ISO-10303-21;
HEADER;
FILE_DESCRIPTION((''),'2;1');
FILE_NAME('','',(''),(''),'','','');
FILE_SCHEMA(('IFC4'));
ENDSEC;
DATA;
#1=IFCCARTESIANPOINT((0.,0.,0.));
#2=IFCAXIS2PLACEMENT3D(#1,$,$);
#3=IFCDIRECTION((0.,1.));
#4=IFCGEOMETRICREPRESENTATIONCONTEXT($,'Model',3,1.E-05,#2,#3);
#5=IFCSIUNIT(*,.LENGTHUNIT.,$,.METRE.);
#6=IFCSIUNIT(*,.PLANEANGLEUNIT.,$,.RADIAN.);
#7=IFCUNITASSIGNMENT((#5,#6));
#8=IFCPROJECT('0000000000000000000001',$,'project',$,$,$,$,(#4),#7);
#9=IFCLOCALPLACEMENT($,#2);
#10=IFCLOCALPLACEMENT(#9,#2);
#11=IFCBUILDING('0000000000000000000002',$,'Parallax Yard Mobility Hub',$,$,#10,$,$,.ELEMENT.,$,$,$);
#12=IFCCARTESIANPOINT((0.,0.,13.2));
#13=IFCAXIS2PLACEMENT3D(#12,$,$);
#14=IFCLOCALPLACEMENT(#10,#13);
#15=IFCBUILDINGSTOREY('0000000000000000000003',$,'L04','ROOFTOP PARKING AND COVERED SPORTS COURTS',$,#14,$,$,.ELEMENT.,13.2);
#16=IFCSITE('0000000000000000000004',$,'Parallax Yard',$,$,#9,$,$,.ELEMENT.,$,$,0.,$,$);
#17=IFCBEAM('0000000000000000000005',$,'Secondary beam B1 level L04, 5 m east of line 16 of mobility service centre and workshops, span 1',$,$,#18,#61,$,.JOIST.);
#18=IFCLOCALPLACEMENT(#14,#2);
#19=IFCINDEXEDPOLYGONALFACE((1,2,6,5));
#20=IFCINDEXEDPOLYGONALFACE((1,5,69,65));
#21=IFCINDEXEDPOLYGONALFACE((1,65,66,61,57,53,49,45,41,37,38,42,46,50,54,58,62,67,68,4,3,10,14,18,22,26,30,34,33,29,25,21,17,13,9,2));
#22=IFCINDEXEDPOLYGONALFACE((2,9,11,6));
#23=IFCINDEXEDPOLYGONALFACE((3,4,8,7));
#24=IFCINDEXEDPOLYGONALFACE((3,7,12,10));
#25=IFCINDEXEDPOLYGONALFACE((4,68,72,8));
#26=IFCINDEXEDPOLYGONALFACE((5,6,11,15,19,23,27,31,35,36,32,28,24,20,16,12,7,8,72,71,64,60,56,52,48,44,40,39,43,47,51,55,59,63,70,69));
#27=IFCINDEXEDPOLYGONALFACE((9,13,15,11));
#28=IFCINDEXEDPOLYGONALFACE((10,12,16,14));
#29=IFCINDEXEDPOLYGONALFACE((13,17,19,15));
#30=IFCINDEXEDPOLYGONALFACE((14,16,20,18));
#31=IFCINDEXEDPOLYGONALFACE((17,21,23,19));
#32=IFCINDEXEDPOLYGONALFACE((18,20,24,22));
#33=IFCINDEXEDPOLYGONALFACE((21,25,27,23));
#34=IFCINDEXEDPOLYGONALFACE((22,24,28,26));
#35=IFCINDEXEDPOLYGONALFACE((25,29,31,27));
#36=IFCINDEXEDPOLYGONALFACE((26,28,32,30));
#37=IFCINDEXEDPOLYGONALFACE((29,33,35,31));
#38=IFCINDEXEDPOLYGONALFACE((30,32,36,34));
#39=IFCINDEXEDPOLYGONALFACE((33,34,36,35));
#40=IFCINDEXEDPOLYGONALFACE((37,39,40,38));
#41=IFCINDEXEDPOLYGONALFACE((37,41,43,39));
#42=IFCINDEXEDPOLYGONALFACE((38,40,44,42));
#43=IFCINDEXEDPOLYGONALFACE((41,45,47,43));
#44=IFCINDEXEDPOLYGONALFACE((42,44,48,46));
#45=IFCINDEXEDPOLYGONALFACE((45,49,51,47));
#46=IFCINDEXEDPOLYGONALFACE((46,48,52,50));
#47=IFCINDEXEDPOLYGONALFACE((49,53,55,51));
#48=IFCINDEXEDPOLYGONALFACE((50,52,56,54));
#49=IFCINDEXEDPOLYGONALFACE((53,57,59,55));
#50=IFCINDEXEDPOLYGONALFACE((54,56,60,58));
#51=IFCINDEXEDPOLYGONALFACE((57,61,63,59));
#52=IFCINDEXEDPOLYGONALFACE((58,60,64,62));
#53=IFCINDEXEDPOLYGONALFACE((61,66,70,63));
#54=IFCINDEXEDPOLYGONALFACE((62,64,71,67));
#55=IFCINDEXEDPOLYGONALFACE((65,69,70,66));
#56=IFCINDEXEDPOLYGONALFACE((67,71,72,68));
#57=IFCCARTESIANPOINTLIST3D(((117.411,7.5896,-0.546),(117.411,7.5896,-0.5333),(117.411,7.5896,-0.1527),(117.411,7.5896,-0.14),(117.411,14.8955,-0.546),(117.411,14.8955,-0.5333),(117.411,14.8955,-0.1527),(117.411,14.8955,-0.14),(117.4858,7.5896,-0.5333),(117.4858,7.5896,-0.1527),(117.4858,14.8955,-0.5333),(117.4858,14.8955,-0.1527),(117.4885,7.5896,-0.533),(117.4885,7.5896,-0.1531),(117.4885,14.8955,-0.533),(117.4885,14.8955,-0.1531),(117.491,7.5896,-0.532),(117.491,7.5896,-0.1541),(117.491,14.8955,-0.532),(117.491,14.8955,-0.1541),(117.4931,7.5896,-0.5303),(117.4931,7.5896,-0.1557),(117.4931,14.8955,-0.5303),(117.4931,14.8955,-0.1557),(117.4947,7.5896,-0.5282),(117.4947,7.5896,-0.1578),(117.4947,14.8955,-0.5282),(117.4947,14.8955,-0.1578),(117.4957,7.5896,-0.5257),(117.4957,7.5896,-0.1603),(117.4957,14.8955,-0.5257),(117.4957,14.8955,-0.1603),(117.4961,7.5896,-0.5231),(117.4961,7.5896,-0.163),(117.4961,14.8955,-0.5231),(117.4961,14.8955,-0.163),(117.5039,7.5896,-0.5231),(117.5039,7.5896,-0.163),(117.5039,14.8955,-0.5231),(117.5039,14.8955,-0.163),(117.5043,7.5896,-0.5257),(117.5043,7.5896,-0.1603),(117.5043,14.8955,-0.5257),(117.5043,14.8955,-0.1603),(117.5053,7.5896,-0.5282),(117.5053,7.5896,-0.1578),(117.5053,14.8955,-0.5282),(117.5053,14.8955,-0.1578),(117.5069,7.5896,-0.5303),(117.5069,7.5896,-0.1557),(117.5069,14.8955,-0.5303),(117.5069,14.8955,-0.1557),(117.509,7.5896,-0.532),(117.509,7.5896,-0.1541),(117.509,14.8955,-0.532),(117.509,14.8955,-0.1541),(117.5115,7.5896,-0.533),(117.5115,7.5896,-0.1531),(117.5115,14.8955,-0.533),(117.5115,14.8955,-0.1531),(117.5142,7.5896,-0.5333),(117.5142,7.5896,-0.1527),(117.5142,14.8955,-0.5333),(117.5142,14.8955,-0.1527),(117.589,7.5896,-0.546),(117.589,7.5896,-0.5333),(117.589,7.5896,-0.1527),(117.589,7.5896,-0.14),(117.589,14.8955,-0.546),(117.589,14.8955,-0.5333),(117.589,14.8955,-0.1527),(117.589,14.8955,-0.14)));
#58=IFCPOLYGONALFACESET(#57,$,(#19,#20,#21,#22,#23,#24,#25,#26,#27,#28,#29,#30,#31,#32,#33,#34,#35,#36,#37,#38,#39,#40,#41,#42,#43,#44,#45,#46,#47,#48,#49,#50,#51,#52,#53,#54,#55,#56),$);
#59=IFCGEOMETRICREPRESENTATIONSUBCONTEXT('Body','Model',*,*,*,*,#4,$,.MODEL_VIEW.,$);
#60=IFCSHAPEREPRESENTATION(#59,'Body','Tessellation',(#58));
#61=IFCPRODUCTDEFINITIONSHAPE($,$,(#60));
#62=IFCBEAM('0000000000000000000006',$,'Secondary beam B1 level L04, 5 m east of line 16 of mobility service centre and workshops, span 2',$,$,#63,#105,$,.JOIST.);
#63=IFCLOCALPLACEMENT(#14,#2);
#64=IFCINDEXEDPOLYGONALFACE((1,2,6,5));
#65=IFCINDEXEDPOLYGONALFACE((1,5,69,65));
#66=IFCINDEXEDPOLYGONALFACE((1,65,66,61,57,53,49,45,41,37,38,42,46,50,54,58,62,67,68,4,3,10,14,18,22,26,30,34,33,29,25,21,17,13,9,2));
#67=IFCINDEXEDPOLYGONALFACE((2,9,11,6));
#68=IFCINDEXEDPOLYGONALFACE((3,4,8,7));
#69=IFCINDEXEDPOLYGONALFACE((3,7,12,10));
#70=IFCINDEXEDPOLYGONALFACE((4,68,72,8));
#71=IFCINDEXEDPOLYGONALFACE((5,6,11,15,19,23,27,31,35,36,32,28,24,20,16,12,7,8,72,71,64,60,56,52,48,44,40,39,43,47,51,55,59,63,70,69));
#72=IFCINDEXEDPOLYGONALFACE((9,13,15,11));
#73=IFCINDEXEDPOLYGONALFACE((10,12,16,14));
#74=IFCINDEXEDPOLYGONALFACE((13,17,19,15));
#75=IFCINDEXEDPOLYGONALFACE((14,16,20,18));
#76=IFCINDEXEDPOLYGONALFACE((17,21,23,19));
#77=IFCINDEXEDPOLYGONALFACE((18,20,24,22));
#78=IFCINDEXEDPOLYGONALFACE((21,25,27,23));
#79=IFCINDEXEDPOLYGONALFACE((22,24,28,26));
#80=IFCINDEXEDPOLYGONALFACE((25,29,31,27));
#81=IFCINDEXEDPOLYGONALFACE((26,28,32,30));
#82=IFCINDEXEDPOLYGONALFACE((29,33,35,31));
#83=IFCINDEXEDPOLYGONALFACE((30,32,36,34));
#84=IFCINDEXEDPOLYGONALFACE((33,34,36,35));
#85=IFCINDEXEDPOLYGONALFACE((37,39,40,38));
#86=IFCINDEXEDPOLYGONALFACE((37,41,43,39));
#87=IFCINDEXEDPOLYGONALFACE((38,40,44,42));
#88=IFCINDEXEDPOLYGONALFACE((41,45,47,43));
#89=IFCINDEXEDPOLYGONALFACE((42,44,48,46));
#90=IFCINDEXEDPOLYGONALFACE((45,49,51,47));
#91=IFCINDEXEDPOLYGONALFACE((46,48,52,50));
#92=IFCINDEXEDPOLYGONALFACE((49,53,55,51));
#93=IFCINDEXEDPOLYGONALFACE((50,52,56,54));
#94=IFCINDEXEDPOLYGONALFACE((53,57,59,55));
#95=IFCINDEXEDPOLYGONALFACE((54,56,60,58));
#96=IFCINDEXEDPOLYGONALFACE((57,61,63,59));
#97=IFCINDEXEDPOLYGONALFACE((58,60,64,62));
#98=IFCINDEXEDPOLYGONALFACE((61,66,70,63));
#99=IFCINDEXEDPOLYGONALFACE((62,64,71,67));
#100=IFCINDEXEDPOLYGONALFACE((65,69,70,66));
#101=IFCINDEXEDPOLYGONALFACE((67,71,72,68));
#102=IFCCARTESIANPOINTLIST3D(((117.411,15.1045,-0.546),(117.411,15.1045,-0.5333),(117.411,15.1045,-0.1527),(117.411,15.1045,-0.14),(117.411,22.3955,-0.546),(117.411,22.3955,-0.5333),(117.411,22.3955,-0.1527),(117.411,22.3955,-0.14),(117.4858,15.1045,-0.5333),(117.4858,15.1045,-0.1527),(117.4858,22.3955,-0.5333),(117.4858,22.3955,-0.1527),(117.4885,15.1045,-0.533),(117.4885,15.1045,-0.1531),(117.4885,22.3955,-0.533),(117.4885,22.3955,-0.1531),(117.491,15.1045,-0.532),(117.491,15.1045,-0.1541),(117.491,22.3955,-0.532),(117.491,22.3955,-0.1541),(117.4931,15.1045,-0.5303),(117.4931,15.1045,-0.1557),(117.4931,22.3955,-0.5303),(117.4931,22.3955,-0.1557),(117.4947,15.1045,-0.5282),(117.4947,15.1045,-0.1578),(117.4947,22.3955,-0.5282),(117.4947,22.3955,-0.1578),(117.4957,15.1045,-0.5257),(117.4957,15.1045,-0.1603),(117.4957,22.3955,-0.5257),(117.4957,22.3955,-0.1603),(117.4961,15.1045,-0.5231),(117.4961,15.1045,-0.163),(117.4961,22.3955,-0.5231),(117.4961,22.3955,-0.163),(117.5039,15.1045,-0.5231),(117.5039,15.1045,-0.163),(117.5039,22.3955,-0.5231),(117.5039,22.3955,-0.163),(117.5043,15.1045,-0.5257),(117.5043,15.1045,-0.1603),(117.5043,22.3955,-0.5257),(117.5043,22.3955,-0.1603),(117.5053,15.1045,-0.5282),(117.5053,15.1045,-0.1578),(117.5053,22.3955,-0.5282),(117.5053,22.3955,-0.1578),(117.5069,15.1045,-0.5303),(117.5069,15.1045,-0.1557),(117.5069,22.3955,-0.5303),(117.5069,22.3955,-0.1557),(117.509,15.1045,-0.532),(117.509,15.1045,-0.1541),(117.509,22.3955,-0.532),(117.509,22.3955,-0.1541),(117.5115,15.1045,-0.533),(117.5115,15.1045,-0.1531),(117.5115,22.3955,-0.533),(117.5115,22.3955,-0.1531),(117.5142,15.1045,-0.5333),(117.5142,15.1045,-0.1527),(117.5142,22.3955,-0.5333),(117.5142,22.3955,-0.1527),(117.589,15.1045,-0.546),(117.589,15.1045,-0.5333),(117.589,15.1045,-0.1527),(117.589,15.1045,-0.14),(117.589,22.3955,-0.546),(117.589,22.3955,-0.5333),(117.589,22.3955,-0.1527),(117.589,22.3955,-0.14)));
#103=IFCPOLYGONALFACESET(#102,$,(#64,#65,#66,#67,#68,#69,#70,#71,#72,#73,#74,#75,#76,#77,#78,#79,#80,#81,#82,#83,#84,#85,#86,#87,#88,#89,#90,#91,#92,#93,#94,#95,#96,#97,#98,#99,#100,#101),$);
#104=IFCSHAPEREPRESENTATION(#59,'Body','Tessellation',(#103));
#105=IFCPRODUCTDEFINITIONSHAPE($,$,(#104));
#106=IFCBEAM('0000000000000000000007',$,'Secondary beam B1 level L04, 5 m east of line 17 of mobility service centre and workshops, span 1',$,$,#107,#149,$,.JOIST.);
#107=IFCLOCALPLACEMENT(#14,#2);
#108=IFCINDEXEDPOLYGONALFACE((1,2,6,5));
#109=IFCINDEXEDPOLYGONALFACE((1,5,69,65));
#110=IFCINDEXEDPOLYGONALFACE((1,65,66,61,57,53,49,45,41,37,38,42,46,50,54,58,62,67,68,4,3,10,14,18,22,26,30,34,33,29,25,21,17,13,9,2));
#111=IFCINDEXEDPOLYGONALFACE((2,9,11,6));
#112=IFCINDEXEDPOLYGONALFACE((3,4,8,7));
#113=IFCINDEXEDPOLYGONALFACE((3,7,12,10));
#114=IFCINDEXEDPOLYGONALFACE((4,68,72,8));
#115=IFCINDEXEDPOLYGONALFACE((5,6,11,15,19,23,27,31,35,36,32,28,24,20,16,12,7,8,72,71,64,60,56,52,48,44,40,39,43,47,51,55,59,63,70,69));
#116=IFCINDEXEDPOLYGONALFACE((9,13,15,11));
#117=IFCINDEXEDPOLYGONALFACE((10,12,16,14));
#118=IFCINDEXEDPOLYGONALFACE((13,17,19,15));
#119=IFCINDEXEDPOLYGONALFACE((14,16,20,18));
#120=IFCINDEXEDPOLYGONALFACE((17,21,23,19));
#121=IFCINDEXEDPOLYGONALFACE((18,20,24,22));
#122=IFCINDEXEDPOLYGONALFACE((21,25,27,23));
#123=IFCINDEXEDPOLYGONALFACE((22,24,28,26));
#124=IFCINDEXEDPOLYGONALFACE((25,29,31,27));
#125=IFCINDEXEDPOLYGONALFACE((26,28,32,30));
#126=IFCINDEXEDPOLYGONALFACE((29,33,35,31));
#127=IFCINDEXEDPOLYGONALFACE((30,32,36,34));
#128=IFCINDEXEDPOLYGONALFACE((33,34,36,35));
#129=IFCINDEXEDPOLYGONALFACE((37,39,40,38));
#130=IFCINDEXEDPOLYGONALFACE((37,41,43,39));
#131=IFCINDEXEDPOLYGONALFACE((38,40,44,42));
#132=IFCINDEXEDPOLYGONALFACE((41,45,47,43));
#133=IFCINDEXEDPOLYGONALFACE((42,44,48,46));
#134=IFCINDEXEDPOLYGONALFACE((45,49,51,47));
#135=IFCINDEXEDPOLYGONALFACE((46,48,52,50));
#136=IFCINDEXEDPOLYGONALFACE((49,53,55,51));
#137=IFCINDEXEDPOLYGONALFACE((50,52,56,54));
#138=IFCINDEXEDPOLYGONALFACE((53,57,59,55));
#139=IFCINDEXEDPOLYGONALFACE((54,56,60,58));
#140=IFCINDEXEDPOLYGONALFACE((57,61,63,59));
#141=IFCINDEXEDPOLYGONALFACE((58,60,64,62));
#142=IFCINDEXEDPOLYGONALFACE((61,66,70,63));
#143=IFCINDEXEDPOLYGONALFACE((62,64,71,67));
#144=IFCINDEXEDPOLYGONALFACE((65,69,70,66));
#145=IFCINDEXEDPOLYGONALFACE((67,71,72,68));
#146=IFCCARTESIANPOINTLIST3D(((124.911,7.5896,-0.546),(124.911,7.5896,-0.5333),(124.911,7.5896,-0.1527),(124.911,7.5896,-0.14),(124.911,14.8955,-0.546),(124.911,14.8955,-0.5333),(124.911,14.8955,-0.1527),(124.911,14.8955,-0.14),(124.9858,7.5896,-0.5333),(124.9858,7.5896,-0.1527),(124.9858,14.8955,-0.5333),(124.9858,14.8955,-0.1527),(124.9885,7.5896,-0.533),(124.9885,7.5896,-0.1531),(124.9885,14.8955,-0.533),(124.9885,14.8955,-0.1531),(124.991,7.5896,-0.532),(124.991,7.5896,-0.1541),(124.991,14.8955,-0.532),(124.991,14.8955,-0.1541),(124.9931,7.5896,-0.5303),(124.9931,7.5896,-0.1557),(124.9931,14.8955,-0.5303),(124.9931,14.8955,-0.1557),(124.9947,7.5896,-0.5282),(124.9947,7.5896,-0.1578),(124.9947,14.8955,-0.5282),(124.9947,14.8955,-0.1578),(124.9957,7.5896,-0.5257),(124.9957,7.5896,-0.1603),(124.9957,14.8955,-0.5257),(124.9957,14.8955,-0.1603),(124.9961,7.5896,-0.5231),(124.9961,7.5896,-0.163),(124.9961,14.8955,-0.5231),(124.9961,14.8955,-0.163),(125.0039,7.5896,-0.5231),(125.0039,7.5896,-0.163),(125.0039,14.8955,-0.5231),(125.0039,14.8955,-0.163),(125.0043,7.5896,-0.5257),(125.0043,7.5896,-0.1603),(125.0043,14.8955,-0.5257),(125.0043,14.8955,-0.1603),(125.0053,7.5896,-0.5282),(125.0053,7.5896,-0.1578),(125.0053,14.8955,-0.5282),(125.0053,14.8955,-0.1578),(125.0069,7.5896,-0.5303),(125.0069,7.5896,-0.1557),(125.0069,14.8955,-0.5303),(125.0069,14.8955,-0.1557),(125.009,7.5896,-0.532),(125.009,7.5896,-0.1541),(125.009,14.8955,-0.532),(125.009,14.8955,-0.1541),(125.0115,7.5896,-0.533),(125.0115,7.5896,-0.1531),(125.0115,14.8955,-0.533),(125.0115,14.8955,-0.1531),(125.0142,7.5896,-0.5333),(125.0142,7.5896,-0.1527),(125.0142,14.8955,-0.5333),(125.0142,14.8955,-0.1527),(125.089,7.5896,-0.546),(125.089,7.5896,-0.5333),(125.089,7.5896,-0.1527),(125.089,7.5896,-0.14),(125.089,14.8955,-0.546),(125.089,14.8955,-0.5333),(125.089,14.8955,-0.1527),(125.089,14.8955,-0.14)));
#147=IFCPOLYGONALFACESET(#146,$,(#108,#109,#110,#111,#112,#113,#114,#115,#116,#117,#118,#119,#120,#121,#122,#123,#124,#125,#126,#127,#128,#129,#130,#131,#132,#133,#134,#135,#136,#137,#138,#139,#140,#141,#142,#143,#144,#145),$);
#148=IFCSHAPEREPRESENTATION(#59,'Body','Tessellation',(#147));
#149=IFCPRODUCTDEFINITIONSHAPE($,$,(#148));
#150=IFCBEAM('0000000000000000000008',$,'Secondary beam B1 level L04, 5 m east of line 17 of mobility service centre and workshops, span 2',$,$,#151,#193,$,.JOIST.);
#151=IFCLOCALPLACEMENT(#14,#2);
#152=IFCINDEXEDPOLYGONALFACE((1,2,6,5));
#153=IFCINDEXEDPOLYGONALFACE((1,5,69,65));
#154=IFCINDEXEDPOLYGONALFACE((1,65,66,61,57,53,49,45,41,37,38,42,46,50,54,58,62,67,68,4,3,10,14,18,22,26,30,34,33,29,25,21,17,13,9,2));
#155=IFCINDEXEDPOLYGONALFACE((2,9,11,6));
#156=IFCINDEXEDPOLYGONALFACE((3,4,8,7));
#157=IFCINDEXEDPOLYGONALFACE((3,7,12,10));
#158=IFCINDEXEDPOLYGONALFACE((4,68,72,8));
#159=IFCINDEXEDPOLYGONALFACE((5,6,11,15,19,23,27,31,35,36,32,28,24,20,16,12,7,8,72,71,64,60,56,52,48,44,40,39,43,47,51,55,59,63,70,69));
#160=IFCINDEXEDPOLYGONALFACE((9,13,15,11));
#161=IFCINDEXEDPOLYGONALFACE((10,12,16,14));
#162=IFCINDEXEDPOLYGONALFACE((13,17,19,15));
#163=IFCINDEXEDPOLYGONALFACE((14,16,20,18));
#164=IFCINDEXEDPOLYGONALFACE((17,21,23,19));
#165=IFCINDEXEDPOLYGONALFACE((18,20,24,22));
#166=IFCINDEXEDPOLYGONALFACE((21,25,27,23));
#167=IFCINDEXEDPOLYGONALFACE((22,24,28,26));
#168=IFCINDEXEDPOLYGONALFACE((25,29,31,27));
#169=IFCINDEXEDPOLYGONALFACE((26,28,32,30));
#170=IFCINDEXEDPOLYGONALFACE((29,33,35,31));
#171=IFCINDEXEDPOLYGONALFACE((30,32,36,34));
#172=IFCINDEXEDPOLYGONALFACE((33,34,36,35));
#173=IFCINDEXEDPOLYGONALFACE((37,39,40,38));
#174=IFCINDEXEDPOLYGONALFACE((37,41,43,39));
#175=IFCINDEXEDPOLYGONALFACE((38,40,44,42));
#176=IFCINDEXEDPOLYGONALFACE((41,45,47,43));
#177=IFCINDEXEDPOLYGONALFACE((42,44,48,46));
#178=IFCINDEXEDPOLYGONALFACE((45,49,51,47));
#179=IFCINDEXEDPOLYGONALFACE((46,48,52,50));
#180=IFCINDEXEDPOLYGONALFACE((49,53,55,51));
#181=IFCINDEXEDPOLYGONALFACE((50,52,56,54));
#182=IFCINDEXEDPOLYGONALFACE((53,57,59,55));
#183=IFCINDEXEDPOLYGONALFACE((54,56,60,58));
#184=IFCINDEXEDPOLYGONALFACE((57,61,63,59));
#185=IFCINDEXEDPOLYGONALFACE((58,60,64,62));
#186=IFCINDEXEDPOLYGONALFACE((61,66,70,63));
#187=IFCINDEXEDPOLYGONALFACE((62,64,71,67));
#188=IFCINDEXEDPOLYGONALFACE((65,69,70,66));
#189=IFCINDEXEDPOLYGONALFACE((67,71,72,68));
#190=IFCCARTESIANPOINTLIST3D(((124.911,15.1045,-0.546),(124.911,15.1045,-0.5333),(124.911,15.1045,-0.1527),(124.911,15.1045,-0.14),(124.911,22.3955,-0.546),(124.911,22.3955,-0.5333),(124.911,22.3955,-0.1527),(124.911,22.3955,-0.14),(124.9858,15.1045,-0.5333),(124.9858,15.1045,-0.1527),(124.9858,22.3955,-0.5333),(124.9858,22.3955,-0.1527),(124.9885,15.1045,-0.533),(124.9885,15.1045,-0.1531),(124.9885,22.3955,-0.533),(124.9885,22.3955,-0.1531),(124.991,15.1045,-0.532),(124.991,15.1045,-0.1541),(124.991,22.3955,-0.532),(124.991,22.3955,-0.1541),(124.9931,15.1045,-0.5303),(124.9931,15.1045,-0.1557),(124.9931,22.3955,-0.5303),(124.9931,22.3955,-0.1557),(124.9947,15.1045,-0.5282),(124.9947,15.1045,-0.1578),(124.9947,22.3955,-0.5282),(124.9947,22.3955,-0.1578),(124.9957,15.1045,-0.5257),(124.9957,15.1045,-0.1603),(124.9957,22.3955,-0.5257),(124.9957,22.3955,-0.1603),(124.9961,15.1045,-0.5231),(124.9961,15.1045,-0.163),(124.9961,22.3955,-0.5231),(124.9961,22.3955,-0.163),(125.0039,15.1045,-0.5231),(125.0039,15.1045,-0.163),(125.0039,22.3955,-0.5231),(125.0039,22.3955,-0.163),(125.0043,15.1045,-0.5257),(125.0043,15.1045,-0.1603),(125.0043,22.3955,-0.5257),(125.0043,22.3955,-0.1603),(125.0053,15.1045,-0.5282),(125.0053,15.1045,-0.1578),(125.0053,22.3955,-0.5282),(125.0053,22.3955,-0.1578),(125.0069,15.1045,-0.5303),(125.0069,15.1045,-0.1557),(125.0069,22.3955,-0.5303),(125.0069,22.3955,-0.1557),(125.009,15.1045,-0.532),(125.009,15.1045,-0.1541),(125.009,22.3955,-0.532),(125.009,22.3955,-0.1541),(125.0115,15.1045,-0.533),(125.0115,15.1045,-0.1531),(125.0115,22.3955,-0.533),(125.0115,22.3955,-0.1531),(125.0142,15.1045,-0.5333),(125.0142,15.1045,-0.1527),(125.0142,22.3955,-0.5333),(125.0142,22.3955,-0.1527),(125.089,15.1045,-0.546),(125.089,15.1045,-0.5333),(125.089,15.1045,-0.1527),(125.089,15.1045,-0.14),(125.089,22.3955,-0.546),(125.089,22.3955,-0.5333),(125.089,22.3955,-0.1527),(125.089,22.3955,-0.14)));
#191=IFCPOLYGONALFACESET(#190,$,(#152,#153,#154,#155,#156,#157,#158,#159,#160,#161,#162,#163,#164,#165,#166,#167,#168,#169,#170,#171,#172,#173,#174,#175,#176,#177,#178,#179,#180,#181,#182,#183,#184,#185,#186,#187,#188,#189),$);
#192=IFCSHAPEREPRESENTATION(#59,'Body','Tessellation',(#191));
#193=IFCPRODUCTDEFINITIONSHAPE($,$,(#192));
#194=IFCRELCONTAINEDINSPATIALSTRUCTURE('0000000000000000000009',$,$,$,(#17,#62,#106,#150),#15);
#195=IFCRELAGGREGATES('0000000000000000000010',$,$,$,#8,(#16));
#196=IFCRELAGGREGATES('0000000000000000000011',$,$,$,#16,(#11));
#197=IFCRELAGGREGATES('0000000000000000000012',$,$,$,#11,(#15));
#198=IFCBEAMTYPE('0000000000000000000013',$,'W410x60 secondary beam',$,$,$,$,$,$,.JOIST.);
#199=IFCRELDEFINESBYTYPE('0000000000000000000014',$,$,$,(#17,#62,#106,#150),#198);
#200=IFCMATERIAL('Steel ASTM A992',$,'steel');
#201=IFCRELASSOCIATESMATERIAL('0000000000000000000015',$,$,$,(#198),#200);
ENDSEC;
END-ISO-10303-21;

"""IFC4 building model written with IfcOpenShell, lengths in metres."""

from ifc_helpers import new_model, si_unit, direction, frame, origin, origin_2d, place, context, subcontext, project, spatial, i_section, extrude, material, material_profile, profile_set, type_object, element, save


model = new_model("IFC4")

# Units and contexts
model_context = context("Model", 3, precision=1e-05, world=origin(), true_north=direction((0.0, 1.0)))
body_context = subcontext(model_context, "Body", "Model", "MODEL_VIEW")
ifc_project = project(units=[si_unit("LENGTHUNIT", "METRE"), si_unit("PLANEANGLEUNIT", "RADIAN")], contexts=[model_context])

# Site, building, storey
site_placement = place(None, origin())
site = spatial("IfcSite", under=ifc_project, at=site_placement, Name="Parallax Yard", CompositionType="ELEMENT", RefElevation=0.0)
building_placement = place(site_placement, origin())
building = spatial("IfcBuilding", under=site, at=building_placement, Name="Parallax Yard Mobility Hub", CompositionType="ELEMENT")
storey_placement = place(building_placement, frame((0.0, 0.0, 13.2)))
storey = spatial("IfcBuildingStorey", under=building, at=storey_placement, Name="L04", Description="ROOFTOP PARKING AND COVERED SPORTS COURTS", CompositionType="ELEMENT", Elevation=13.2)

# Shared definitions
ifc_material_1 = material(Name="Steel ASTM A992", Category="steel")

# Beams
ifc_material_profile_1 = material_profile(ifc_material_1, i_section(OverallWidth=0.178, OverallDepth=0.406, WebThickness=0.0078, FlangeThickness=0.0127, FilletRadius=0.0103, at=origin_2d()), Name="W410x60")
ifc_profile_set_1 = profile_set([ifc_material_profile_1], Name="Steel ASTM A992")
beam_type_1 = type_object("IfcBeamType", Name="W410x60 secondary beam", PredefinedType="JOIST", material=ifc_profile_set_1)
beam_1_placement = place(storey_placement, frame((117.5, 7.5896, -0.343), z_axis=(0.0, 1.0, 0.0), x_axis=(-1.0, 0.0, 0.0)))
element("IfcBeam", 1, at=beam_1_placement, inside=storey, type_object=beam_type_1, Name="Secondary beam B1 level L04, 5 m east of line 16 of mobility service centre and workshops, span 1", PredefinedType="JOIST", context=body_context, shape_type="SweptSolid", body=[
    extrude(i_section(OverallWidth=0.178, OverallDepth=0.406, WebThickness=0.0078, FlangeThickness=0.0127, FilletRadius=0.0103, at=origin_2d()), origin(), (0.0, 0.0, 1.0), 7.3059),
])
beam_2_placement = place(storey_placement, frame((117.5, 15.1045, -0.343), z_axis=(0.0, 1.0, 0.0), x_axis=(-1.0, 0.0, 0.0)))
element("IfcBeam", 2, at=beam_2_placement, inside=storey, type_object=beam_type_1, Name="Secondary beam B1 level L04, 5 m east of line 16 of mobility service centre and workshops, span 2", PredefinedType="JOIST", context=body_context, shape_type="SweptSolid", body=[
    extrude(i_section(OverallWidth=0.178, OverallDepth=0.406, WebThickness=0.0078, FlangeThickness=0.0127, FilletRadius=0.0103, at=origin_2d()), origin(), (0.0, 0.0, 1.0), 7.291),
])
beam_3_placement = place(storey_placement, frame((125.0, 7.5896, -0.343), z_axis=(0.0, 1.0, 0.0), x_axis=(-1.0, 0.0, 0.0)))
element("IfcBeam", 3, at=beam_3_placement, inside=storey, type_object=beam_type_1, Name="Secondary beam B1 level L04, 5 m east of line 17 of mobility service centre and workshops, span 1", PredefinedType="JOIST", context=body_context, shape_type="SweptSolid", body=[
    extrude(i_section(OverallWidth=0.178, OverallDepth=0.406, WebThickness=0.0078, FlangeThickness=0.0127, FilletRadius=0.0103, at=origin_2d()), origin(), (0.0, 0.0, 1.0), 7.3059),
])
beam_4_placement = place(storey_placement, frame((125.0, 15.1045, -0.343), z_axis=(0.0, 1.0, 0.0), x_axis=(-1.0, 0.0, 0.0)))
element("IfcBeam", 4, at=beam_4_placement, inside=storey, type_object=beam_type_1, Name="Secondary beam B1 level L04, 5 m east of line 17 of mobility service centre and workshops, span 2", PredefinedType="JOIST", context=body_context, shape_type="SweptSolid", body=[
    extrude(i_section(OverallWidth=0.178, OverallDepth=0.406, WebThickness=0.0078, FlangeThickness=0.0127, FilletRadius=0.0103, at=origin_2d()), origin(), (0.0, 0.0, 1.0), 7.291),
])

save(model, "model.ifc")
